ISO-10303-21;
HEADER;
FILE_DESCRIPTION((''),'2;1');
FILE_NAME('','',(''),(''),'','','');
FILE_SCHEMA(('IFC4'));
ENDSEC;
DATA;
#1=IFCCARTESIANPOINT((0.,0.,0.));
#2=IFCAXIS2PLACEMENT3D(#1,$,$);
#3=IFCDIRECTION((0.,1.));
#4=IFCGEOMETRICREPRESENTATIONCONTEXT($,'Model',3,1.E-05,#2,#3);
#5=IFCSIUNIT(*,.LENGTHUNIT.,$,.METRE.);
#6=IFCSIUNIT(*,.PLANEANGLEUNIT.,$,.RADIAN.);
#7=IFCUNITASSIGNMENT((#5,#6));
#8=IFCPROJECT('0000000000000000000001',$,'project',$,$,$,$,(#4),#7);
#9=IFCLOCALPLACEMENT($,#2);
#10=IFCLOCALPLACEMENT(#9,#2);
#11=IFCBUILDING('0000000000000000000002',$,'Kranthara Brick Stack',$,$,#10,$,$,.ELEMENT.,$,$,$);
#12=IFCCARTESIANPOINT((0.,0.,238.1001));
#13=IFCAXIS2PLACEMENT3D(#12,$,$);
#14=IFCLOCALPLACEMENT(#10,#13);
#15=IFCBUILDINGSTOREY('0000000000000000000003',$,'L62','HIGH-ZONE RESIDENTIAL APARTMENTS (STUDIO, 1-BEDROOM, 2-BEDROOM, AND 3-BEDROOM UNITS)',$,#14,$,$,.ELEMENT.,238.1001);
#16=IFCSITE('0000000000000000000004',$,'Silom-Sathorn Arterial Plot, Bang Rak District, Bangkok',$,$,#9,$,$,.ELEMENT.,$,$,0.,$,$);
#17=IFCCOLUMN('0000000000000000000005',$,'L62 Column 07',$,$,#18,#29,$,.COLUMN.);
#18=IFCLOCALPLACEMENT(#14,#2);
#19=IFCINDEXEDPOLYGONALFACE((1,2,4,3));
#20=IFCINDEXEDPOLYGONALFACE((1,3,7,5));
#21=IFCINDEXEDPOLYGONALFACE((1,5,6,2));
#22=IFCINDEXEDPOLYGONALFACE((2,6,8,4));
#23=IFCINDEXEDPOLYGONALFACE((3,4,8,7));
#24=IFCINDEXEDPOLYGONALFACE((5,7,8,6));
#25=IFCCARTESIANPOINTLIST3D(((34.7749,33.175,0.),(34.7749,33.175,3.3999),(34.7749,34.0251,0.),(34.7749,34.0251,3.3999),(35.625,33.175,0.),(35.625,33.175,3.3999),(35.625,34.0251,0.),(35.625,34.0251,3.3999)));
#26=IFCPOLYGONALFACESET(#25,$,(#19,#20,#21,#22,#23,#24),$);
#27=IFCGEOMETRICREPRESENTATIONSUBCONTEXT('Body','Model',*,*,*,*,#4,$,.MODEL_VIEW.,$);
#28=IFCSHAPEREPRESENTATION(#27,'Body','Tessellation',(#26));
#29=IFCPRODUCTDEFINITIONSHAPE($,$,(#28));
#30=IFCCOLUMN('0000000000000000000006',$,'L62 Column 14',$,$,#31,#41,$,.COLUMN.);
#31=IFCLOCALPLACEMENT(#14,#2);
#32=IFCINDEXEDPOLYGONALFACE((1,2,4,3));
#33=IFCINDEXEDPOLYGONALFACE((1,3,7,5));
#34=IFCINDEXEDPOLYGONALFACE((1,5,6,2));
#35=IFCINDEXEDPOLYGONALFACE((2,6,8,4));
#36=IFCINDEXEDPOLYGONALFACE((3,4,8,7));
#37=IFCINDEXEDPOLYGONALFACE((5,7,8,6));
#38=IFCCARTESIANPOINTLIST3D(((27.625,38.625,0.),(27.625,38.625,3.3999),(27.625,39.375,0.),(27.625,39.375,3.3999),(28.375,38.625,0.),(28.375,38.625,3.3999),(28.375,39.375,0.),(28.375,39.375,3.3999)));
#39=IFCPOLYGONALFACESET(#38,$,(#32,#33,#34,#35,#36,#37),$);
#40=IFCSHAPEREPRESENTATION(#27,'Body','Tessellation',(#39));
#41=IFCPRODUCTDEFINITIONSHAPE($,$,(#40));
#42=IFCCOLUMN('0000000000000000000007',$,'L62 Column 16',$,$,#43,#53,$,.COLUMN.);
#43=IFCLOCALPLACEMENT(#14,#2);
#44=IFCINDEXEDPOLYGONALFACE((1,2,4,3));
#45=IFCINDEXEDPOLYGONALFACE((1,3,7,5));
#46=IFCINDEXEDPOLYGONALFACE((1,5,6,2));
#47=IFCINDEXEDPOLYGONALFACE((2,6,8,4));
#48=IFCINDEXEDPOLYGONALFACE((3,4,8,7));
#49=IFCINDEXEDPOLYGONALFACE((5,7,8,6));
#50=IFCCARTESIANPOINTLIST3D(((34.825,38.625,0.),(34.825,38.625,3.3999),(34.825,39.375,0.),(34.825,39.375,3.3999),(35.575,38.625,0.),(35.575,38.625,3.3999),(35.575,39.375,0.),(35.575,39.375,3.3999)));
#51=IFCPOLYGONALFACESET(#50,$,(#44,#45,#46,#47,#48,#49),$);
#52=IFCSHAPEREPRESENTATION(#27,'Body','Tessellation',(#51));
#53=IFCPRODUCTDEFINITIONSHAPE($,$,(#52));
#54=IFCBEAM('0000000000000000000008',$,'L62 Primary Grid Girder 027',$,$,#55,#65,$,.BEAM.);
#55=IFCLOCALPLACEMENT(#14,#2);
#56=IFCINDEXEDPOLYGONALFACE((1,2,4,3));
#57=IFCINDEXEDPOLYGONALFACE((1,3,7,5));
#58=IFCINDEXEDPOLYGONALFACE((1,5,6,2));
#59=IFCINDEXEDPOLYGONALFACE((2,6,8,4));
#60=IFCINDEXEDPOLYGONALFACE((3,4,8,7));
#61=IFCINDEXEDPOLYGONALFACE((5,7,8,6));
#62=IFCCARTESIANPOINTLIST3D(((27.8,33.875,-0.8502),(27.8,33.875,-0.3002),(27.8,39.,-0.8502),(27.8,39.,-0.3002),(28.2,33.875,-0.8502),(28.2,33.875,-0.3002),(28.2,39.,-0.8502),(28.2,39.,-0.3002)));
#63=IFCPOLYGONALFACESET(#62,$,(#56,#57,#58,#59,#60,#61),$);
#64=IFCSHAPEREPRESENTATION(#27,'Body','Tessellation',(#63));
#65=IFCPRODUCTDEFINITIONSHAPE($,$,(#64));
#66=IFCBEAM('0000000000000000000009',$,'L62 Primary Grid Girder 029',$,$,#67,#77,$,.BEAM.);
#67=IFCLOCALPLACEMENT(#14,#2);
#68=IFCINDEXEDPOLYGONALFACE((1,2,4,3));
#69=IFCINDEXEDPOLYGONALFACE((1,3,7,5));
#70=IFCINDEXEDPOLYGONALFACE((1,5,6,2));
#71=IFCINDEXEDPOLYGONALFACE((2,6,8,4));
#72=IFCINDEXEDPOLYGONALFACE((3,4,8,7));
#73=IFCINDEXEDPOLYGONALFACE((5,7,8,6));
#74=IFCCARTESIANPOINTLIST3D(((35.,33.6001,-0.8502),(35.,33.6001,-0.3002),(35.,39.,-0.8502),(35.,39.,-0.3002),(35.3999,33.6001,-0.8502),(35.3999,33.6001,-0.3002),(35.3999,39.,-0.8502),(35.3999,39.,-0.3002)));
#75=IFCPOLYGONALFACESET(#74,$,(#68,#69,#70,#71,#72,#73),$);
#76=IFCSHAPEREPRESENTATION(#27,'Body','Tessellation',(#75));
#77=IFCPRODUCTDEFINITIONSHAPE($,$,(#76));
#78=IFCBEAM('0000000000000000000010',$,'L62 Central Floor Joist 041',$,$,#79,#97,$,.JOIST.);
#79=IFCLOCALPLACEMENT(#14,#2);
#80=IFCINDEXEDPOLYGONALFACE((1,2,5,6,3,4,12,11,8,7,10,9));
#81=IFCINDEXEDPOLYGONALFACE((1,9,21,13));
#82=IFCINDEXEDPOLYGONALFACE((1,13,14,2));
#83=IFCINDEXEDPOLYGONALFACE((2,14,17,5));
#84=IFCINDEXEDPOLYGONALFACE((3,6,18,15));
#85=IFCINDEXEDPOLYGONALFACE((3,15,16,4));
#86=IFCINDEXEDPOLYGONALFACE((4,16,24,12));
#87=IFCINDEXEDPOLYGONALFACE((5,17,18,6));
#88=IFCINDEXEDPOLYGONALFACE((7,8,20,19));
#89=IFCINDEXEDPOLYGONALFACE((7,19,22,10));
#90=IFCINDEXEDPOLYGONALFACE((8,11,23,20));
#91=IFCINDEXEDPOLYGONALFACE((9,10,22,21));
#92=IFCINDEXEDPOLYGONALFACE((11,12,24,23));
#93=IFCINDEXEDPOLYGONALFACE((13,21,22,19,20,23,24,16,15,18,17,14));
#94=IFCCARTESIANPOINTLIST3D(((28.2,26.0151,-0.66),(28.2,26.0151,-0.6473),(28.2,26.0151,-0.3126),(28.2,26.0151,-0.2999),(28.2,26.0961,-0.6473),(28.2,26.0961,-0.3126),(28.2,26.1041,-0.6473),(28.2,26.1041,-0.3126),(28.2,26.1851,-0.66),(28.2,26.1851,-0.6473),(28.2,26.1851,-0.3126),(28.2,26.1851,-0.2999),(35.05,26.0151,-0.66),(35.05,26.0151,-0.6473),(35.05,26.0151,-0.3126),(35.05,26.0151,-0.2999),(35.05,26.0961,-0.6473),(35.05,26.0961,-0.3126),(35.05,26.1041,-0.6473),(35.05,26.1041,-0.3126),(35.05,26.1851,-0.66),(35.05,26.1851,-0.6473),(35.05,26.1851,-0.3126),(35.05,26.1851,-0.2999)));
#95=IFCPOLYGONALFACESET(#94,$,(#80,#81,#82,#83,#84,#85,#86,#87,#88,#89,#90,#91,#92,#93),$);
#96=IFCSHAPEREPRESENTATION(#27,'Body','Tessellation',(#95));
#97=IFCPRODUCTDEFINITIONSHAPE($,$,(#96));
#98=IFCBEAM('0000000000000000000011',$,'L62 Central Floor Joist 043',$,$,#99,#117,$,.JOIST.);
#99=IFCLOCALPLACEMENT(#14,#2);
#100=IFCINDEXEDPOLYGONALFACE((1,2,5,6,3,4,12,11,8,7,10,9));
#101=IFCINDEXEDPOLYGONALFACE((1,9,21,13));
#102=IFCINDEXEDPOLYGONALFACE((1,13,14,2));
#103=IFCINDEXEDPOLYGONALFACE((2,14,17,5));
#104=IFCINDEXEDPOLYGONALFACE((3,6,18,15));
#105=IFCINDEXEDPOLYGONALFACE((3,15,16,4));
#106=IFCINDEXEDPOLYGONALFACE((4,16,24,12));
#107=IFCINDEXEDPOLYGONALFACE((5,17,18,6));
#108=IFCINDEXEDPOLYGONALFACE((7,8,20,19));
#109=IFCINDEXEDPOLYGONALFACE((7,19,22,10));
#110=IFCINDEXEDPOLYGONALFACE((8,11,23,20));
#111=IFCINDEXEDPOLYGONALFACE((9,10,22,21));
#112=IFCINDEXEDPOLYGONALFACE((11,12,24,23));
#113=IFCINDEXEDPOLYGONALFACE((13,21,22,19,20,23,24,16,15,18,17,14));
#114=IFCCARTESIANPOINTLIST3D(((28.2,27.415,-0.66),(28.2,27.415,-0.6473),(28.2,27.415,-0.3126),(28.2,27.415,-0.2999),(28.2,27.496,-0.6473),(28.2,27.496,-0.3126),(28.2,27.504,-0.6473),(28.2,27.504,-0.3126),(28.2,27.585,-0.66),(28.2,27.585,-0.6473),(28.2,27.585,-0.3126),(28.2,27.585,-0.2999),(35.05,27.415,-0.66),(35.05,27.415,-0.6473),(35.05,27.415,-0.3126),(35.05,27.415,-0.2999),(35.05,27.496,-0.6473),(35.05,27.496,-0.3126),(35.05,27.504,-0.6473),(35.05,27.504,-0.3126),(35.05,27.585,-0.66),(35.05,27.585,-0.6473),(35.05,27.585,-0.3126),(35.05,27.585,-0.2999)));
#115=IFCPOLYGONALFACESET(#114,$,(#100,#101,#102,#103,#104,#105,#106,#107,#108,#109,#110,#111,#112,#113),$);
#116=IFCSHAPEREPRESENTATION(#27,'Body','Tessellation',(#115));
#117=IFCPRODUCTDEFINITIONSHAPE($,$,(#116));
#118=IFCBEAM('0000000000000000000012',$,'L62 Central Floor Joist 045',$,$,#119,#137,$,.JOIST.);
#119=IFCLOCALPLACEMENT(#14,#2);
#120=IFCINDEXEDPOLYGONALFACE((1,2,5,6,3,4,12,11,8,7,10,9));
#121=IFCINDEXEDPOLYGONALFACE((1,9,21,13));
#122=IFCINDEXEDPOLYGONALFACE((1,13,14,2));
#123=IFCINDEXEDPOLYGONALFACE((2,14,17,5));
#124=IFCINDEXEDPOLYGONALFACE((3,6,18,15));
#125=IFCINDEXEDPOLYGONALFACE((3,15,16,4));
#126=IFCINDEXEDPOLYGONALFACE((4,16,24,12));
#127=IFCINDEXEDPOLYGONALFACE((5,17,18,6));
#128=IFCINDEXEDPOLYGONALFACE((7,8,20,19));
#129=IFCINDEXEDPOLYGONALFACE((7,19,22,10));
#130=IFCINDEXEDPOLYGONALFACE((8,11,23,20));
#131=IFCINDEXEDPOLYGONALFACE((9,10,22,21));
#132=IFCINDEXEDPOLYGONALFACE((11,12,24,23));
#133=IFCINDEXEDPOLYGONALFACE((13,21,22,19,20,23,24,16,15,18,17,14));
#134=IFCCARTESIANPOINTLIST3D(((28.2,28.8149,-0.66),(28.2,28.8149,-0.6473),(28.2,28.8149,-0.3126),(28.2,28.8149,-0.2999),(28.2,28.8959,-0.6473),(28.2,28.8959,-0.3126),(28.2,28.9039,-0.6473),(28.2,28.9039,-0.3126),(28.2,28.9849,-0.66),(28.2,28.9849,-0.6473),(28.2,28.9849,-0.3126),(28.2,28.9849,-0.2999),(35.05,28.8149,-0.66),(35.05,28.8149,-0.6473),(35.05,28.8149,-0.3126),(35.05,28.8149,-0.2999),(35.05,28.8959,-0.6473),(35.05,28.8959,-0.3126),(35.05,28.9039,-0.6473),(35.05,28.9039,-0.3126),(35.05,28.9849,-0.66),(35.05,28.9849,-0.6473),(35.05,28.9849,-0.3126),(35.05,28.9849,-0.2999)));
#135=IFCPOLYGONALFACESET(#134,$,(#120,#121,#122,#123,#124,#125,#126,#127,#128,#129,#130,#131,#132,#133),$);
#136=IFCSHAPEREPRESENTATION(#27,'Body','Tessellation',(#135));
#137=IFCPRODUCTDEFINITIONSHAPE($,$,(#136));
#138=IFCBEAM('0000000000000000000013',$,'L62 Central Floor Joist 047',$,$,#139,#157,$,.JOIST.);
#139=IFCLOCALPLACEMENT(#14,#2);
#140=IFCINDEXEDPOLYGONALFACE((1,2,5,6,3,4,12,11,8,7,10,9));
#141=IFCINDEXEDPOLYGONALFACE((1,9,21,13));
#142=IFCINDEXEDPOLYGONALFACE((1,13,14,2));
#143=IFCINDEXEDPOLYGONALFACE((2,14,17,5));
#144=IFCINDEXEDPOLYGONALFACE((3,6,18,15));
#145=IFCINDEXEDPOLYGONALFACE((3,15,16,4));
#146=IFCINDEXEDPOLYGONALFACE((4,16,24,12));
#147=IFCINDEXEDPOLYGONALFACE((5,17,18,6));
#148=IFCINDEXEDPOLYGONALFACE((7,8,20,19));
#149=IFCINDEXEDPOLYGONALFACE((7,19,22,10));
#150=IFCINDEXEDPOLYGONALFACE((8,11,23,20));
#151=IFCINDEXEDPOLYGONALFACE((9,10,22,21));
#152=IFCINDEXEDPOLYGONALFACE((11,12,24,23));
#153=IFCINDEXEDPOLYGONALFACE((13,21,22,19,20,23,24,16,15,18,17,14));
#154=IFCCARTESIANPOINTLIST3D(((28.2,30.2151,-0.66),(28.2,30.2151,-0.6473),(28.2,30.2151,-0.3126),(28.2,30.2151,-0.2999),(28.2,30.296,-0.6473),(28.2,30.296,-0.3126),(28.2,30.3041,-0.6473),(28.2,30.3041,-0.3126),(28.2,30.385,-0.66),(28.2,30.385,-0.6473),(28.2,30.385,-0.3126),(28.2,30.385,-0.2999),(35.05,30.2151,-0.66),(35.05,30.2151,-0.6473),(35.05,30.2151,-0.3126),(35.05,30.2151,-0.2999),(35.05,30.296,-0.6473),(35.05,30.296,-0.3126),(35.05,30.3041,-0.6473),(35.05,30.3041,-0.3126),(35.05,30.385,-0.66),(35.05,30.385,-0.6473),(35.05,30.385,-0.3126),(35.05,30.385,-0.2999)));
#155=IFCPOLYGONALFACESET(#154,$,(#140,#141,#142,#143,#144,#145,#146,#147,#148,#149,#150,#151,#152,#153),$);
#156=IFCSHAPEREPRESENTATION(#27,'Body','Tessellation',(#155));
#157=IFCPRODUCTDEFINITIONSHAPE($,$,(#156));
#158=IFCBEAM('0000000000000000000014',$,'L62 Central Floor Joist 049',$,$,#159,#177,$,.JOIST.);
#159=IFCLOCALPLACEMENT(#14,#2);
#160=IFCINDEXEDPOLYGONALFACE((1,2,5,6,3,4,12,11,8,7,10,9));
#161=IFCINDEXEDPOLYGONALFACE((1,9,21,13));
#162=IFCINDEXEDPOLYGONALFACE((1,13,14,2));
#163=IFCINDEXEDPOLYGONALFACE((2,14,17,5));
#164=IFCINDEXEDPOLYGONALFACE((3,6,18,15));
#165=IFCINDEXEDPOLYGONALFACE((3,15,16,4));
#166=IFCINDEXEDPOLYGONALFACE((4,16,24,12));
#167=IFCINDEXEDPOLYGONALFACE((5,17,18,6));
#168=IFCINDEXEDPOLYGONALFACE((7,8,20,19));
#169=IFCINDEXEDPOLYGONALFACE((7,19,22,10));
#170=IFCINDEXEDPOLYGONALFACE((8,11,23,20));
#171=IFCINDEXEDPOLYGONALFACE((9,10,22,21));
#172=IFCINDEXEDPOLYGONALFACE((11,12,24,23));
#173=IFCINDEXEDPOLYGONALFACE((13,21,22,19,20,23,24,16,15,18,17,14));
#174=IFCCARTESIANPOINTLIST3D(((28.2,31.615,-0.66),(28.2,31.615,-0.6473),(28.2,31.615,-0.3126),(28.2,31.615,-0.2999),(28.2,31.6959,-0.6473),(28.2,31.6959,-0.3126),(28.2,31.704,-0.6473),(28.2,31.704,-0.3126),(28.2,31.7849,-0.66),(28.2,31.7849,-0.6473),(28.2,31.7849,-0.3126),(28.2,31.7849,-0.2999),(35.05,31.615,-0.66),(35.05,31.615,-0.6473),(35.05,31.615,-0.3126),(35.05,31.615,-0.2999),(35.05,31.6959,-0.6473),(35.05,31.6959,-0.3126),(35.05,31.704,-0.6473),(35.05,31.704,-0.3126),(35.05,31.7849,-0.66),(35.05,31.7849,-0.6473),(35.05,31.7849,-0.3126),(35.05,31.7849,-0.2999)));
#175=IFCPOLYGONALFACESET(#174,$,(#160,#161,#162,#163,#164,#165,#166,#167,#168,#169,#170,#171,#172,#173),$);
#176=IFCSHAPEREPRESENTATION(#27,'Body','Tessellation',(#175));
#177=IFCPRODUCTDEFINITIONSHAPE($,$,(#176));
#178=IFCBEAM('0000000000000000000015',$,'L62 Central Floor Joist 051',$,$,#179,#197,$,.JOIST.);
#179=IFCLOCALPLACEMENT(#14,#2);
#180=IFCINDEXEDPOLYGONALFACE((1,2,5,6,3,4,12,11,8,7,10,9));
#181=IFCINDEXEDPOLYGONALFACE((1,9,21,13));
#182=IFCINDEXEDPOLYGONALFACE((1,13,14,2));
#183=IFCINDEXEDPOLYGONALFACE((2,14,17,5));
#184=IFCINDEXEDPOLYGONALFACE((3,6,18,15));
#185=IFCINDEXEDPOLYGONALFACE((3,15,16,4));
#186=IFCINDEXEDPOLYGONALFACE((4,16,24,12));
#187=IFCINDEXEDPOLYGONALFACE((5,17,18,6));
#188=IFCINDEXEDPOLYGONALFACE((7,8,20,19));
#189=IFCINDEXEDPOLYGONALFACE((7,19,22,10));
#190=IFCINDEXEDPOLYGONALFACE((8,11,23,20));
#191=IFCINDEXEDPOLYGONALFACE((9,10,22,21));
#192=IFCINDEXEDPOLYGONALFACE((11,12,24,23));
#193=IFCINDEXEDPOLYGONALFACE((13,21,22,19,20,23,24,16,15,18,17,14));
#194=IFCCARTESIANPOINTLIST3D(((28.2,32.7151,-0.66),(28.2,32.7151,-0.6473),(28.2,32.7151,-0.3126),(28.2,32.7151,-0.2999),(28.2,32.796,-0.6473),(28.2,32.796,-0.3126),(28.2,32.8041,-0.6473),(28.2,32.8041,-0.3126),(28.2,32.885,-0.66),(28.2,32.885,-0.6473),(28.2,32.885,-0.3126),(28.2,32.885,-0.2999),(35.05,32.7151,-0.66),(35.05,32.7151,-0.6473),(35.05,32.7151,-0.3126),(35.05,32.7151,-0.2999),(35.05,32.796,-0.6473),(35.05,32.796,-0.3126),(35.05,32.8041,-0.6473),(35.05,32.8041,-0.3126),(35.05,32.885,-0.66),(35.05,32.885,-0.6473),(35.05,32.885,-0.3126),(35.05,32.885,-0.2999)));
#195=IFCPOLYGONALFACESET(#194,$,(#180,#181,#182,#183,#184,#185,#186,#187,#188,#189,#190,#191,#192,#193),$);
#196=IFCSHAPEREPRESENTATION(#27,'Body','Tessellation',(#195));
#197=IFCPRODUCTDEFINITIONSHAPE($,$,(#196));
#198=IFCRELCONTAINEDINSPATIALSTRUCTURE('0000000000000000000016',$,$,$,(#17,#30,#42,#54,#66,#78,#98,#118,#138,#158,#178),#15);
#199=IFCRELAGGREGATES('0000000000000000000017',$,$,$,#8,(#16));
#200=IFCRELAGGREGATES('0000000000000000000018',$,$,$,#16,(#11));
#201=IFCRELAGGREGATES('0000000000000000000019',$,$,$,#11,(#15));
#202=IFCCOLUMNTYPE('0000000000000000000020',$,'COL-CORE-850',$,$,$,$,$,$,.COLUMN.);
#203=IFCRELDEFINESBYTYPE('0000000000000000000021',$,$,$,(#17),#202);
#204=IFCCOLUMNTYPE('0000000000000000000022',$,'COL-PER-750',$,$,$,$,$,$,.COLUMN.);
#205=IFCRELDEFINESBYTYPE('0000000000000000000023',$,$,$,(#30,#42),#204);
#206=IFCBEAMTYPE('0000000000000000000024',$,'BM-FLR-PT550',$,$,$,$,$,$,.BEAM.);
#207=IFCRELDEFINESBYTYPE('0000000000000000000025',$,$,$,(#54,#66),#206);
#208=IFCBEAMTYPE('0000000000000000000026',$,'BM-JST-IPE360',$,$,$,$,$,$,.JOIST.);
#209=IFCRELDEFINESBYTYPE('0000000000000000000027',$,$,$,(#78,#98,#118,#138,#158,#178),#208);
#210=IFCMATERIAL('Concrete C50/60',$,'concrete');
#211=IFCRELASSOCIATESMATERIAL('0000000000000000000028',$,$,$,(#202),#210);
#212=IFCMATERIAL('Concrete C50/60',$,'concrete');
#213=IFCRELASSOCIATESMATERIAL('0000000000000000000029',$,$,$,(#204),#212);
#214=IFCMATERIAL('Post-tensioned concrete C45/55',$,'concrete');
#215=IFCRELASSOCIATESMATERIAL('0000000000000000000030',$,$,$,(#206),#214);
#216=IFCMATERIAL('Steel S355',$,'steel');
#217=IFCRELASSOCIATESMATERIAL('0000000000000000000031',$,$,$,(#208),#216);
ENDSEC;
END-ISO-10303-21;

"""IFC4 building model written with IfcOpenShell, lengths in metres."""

from ifc_helpers import new_model, si_unit, direction, frame, origin, origin_2d, place, context, subcontext, project, spatial, rectangle, i_section, extrude, material, material_profile, profile_set, type_object, element, save


model = new_model("IFC4")

# Units and contexts
model_context = context("Model", 3, precision=1e-05, world=origin(), true_north=direction((0.0, 1.0)))
body_context = subcontext(model_context, "Body", "Model", "MODEL_VIEW")
ifc_project = project(units=[si_unit("LENGTHUNIT", "METRE"), si_unit("PLANEANGLEUNIT", "RADIAN")], contexts=[model_context])

# Site, building, storey
site_placement = place(None, origin())
site = spatial("IfcSite", under=ifc_project, at=site_placement, Name="Silom-Sathorn Arterial Plot, Bang Rak District, Bangkok", CompositionType="ELEMENT", RefElevation=0.0)
building_placement = place(site_placement, origin())
building = spatial("IfcBuilding", under=site, at=building_placement, Name="Kranthara Brick Stack", CompositionType="ELEMENT")
storey_placement = place(building_placement, frame((0.0, 0.0, 238.1001)))
storey = spatial("IfcBuildingStorey", under=building, at=storey_placement, Name="L62", Description="HIGH-ZONE RESIDENTIAL APARTMENTS (STUDIO, 1-BEDROOM, 2-BEDROOM, AND 3-BEDROOM UNITS)", CompositionType="ELEMENT", Elevation=238.1001)

# Columns
ifc_material_1 = material(Name="Concrete C50/60", Category="concrete")
ifc_material_profile_1 = material_profile(ifc_material_1, rectangle(XDim=0.8501, YDim=0.8501, at=origin_2d()), Name="RC 850x850")
ifc_profile_set_1 = profile_set([ifc_material_profile_1], Name="Concrete C50/60")
column_type_1 = type_object("IfcColumnType", Name="COL-CORE-850", PredefinedType="COLUMN", material=ifc_profile_set_1)
column_placement = place(storey_placement, frame((35.2, 33.6001, 0.0), z_axis=(0.0, 0.0, 1.0), x_axis=(1.0, 0.0, 0.0)))
element("IfcColumn", 1, at=column_placement, inside=storey, type_object=column_type_1, Name="L62 Column 07", PredefinedType="COLUMN", context=body_context, shape_type="SweptSolid", body=[
    extrude(rectangle(XDim=0.8501, YDim=0.8501, at=origin_2d()), origin(), (0.0, 0.0, 1.0), 3.3999),
])
ifc_material_2 = material(Name="Concrete C50/60", Category="concrete")
ifc_material_profile_2 = material_profile(ifc_material_2, rectangle(XDim=0.75, YDim=0.75, at=origin_2d()), Name="RC 750x750")
ifc_profile_set_2 = profile_set([ifc_material_profile_2], Name="Concrete C50/60")
column_type_2 = type_object("IfcColumnType", Name="COL-PER-750", PredefinedType="COLUMN", material=ifc_profile_set_2)
for number, where, z_axis, x_axis, name in (
    (2, (28.0, 39.0, 0.0), (0.0, 0.0, 1.0), (1.0, 0.0, 0.0), "L62 Column 14"),
    (3, (35.2, 39.0, 0.0), (0.0, 0.0, 1.0), (1.0, 0.0, 0.0), "L62 Column 16"),
):
    element("IfcColumn", number, at=place(storey_placement, frame(where, z_axis=z_axis, x_axis=x_axis)), inside=storey, type_object=column_type_2, Name=name, PredefinedType="COLUMN", context=body_context, shape_type="SweptSolid", body=[
        extrude(rectangle(XDim=0.75, YDim=0.75, at=origin_2d()), origin(), (0.0, 0.0, 1.0), 3.3999),
    ])

# Beams
ifc_material_3 = material(Name="Post-tensioned concrete C45/55", Category="concrete")
ifc_material_profile_3 = material_profile(ifc_material_3, rectangle(XDim=0.3999, YDim=0.55, at=origin_2d()), Name="PT 400x550")
ifc_profile_set_3 = profile_set([ifc_material_profile_3], Name="Post-tensioned concrete C45/55")
beam_type_1 = type_object("IfcBeamType", Name="BM-FLR-PT550", PredefinedType="BEAM", material=ifc_profile_set_3)
beam_1_placement = place(storey_placement, frame((28.0, 33.875, -0.5752), z_axis=(0.0, 1.0, 0.0), x_axis=(-1.0, 0.0, 0.0)))
element("IfcBeam", 4, at=beam_1_placement, inside=storey, type_object=beam_type_1, Name="L62 Primary Grid Girder 027", PredefinedType="BEAM", context=body_context, shape_type="SweptSolid", body=[
    extrude(rectangle(XDim=0.3999, YDim=0.55, at=origin_2d()), origin(), (0.0, 0.0, 1.0), 5.125),
])
beam_2_placement = place(storey_placement, frame((35.2, 33.6001, -0.5752), z_axis=(0.0, 1.0, 0.0), x_axis=(-1.0, 0.0, 0.0)))
element("IfcBeam", 5, at=beam_2_placement, inside=storey, type_object=beam_type_1, Name="L62 Primary Grid Girder 029", PredefinedType="BEAM", context=body_context, shape_type="SweptSolid", body=[
    extrude(rectangle(XDim=0.3999, YDim=0.55, at=origin_2d()), origin(), (0.0, 0.0, 1.0), 5.3999),
])
ifc_material_4 = material(Name="Steel S355", Category="steel")
ifc_material_profile_4 = material_profile(ifc_material_4, i_section(OverallWidth=0.1699, OverallDepth=0.3601, WebThickness=0.0081, FlangeThickness=0.0127, at=origin_2d()), Name="IPE 360")
ifc_profile_set_4 = profile_set([ifc_material_profile_4], Name="Steel S355")
beam_type_2 = type_object("IfcBeamType", Name="BM-JST-IPE360", PredefinedType="JOIST", material=ifc_profile_set_4)
for number, where, z_axis, x_axis, name in (
    (6, (28.2, 26.1001, -0.48), (1.0, 0.0, 0.0), (0.0, 1.0, 0.0), "L62 Central Floor Joist 041"),
    (7, (28.2, 27.5, -0.48), (1.0, 0.0, 0.0), (0.0, 1.0, 0.0), "L62 Central Floor Joist 043"),
    (8, (28.2, 28.8999, -0.48), (1.0, 0.0, 0.0), (0.0, 1.0, 0.0), "L62 Central Floor Joist 045"),
    (9, (28.2, 30.3, -0.48), (1.0, 0.0, 0.0), (0.0, 1.0, 0.0), "L62 Central Floor Joist 047"),
    (10, (28.2, 31.7, -0.48), (1.0, 0.0, 0.0), (0.0, 1.0, 0.0), "L62 Central Floor Joist 049"),
    (11, (28.2, 32.8, -0.48), (1.0, 0.0, 0.0), (0.0, 1.0, 0.0), "L62 Central Floor Joist 051"),
):
    element("IfcBeam", number, at=place(storey_placement, frame(where, z_axis=z_axis, x_axis=x_axis)), inside=storey, type_object=beam_type_2, Name=name, PredefinedType="JOIST", context=body_context, shape_type="SweptSolid", body=[
        extrude(i_section(OverallWidth=0.1699, OverallDepth=0.3601, WebThickness=0.0081, FlangeThickness=0.0127, at=origin_2d()), origin(), (0.0, 0.0, 1.0), 6.8501),
    ])

save(model, "model.ifc")
